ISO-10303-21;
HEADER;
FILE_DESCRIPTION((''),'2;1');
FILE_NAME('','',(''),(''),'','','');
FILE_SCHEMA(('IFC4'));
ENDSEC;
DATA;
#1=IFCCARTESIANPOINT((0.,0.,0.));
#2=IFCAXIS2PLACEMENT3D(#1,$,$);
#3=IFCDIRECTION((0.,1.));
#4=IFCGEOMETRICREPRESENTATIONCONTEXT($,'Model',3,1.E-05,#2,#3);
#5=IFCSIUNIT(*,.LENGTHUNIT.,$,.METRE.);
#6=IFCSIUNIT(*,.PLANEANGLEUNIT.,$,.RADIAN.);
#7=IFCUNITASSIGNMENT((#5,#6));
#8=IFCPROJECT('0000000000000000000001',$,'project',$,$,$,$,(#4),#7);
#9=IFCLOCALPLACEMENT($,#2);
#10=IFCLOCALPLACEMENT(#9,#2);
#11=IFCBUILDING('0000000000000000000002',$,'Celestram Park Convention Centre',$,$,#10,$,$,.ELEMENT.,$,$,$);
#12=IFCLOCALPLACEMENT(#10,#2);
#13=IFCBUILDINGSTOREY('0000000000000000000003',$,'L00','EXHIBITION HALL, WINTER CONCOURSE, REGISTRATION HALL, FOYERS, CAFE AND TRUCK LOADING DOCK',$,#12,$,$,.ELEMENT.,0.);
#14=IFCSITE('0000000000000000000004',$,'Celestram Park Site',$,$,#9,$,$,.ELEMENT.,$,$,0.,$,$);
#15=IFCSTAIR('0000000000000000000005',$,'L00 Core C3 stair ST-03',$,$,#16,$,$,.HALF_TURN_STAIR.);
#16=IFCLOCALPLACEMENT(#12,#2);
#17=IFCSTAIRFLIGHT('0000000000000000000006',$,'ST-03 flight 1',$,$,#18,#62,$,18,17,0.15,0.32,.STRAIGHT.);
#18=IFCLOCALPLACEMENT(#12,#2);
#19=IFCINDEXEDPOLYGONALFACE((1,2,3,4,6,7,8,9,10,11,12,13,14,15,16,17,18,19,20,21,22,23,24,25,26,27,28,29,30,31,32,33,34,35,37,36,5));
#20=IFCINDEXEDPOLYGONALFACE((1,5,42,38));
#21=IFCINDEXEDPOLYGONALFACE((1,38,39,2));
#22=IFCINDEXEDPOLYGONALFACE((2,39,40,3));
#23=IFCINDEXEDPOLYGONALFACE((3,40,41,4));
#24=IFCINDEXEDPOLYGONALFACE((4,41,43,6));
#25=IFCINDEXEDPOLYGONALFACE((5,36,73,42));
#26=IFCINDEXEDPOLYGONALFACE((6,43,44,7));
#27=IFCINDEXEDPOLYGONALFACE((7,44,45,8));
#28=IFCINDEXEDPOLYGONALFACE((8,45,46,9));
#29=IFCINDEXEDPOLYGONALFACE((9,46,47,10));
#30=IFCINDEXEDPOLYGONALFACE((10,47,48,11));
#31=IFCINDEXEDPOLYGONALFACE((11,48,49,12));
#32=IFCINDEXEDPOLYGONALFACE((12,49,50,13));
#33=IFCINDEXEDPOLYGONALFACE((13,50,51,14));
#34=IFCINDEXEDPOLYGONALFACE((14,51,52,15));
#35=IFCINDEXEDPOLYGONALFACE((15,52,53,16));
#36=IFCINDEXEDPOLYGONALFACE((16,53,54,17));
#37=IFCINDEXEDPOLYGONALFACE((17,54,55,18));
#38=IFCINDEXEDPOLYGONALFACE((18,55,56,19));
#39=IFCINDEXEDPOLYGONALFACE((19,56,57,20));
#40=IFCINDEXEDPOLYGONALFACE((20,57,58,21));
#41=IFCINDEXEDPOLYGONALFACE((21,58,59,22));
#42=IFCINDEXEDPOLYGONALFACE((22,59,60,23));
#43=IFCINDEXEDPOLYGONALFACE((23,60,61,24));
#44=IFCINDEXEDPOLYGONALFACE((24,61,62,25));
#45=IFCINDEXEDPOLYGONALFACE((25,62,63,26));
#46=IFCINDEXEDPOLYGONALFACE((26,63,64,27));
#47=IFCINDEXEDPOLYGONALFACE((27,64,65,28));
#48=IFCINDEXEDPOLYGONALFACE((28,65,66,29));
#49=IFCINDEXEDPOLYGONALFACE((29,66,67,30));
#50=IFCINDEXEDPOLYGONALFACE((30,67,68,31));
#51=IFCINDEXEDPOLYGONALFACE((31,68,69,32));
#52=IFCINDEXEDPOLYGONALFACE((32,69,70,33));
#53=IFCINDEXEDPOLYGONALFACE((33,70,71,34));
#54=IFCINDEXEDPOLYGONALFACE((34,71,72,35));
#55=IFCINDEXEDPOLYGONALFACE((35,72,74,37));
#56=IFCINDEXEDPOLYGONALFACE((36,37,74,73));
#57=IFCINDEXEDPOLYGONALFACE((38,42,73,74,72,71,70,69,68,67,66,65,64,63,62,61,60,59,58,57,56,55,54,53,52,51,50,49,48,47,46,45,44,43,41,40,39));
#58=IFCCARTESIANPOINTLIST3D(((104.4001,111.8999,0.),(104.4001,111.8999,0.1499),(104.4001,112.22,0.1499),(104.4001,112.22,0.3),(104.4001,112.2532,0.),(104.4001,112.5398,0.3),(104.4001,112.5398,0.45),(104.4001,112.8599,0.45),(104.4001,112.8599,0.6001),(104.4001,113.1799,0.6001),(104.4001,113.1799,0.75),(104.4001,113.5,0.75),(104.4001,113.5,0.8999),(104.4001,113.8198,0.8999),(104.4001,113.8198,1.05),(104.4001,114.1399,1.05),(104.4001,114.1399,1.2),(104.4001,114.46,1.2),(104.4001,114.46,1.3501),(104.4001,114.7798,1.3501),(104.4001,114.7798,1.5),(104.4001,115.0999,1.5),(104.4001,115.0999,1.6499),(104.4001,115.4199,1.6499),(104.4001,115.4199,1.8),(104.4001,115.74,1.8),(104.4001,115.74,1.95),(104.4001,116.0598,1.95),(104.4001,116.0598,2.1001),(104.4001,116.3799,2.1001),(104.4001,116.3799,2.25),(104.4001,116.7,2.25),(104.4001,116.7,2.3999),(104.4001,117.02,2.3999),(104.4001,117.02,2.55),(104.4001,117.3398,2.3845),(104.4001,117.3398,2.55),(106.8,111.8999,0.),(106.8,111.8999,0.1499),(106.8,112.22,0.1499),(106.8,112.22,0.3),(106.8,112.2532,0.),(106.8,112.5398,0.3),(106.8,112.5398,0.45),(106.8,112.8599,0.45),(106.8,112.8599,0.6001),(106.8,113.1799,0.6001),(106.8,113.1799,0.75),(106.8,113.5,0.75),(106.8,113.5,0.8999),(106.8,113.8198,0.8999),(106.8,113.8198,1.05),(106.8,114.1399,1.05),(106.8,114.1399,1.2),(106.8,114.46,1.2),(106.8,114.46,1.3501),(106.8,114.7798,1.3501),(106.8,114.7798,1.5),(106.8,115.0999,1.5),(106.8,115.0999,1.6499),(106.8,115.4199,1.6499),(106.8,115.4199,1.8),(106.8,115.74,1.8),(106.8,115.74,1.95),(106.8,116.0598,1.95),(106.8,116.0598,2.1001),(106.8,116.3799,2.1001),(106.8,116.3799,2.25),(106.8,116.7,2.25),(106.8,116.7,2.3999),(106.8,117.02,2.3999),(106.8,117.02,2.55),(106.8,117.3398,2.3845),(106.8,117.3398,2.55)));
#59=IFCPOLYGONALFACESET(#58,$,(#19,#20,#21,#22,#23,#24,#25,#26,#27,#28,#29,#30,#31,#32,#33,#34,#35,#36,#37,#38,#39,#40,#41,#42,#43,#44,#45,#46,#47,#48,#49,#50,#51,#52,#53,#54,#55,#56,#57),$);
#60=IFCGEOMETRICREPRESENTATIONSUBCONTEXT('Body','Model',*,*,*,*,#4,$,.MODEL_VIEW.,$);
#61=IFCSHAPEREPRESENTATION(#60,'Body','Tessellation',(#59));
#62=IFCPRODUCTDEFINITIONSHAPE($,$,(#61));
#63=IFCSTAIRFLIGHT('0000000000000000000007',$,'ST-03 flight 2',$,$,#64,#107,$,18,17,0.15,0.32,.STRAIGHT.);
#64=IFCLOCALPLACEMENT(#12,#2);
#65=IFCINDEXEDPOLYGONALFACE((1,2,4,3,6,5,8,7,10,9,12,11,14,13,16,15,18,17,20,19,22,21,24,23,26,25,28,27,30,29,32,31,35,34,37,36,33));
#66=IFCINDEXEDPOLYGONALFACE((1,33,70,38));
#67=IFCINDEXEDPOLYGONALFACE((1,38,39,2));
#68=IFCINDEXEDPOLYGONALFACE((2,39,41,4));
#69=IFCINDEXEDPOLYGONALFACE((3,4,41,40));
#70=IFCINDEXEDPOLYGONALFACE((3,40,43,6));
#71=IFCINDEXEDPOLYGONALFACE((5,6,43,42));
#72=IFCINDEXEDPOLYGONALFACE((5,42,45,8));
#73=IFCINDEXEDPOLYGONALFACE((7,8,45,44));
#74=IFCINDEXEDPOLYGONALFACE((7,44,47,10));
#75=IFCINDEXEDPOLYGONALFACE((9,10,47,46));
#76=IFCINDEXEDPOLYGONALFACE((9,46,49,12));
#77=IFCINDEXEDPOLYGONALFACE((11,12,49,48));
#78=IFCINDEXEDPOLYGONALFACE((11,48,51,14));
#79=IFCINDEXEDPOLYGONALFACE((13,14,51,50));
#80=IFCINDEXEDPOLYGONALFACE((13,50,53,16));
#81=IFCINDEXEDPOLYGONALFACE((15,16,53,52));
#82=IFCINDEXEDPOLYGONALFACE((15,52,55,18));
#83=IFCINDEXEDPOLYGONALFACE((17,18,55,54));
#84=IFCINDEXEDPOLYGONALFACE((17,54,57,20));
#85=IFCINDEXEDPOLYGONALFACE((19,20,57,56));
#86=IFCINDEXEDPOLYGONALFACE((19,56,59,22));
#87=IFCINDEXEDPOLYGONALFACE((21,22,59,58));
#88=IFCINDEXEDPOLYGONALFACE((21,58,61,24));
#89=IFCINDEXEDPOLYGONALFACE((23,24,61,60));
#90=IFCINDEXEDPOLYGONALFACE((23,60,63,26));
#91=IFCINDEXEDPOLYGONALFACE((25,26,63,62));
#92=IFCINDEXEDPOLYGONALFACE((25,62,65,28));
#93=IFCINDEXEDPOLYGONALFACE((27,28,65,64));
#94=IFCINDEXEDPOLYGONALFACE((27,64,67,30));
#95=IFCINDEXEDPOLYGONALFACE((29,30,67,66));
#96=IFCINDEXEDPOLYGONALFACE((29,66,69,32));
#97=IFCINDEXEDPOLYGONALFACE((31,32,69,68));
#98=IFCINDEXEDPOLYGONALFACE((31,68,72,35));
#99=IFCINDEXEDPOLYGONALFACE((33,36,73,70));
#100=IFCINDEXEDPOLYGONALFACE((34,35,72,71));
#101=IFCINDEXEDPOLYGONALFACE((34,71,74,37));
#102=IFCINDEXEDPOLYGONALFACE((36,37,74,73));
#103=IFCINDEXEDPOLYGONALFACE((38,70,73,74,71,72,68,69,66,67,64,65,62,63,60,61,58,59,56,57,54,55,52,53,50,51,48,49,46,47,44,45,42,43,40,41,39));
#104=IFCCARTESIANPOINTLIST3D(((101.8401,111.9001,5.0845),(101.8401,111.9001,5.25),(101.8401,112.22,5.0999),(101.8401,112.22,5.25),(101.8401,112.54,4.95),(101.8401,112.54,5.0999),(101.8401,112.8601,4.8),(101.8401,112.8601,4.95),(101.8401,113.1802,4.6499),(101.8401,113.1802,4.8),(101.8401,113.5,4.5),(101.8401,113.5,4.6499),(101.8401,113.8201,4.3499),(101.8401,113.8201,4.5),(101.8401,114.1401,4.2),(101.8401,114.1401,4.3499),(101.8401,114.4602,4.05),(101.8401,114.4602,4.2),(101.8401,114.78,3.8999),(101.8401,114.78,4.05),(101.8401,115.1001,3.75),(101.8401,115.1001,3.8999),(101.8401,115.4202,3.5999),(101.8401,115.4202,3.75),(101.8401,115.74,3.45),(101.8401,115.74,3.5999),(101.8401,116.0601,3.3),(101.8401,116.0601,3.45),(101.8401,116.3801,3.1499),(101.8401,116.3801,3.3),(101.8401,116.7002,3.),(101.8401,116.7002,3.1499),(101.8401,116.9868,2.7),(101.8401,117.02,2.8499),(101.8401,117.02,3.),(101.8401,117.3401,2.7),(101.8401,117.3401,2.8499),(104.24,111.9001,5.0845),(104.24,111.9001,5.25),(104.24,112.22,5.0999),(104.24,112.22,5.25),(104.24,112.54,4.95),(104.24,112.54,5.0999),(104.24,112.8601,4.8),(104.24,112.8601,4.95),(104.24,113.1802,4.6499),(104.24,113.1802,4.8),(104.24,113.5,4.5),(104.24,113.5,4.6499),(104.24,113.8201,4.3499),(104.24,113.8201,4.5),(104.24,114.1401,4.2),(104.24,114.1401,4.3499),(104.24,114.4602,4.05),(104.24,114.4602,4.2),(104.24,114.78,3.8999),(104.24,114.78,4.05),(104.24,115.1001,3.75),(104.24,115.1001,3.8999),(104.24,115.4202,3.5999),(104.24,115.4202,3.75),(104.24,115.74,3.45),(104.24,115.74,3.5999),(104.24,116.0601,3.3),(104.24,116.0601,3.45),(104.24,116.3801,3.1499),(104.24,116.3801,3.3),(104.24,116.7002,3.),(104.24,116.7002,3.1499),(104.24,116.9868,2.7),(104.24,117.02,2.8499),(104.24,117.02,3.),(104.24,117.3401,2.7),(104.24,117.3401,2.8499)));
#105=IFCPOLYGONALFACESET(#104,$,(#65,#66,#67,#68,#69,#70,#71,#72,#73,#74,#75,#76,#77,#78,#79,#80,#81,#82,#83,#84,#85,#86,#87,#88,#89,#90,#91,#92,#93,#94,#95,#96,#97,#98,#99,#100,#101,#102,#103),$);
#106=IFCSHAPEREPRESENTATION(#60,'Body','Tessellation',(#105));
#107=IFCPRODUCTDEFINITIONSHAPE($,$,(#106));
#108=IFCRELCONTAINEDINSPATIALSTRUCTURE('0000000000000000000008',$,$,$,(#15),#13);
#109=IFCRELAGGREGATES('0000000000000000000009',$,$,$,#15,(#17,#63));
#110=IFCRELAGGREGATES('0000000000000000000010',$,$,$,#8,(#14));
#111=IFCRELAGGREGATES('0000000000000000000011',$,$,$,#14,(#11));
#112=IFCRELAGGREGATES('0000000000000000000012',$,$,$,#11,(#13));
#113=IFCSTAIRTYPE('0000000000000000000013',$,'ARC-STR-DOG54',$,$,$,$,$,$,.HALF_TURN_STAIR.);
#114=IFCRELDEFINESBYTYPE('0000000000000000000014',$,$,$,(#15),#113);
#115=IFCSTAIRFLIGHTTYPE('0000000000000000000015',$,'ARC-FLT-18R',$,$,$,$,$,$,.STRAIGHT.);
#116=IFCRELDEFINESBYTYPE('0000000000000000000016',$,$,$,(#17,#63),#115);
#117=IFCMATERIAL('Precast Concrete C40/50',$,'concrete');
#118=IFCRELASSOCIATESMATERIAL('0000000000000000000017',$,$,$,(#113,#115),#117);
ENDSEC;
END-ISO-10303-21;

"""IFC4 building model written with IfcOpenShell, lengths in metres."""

from ifc_helpers import new_model, si_unit, direction, frame, origin, place, context, subcontext, project, spatial, polyline, outline, extrude, material, type_object, element, aggregate, save


model = new_model("IFC4")

# Units and contexts
model_context = context("Model", 3, precision=1e-05, world=origin(), true_north=direction((0.0, 1.0)))
body_context = subcontext(model_context, "Body", "Model", "MODEL_VIEW")
ifc_project = project(units=[si_unit("LENGTHUNIT", "METRE"), si_unit("PLANEANGLEUNIT", "RADIAN")], contexts=[model_context])

# Site, building, storey
site_placement = place(None, origin())
site = spatial("IfcSite", under=ifc_project, at=site_placement, Name="Celestram Park Site", CompositionType="ELEMENT", RefElevation=0.0)
building_placement = place(site_placement, origin())
building = spatial("IfcBuilding", under=site, at=building_placement, Name="Celestram Park Convention Centre", CompositionType="ELEMENT")
storey_placement = place(building_placement, origin())
storey = spatial("IfcBuildingStorey", under=building, at=storey_placement, Name="L00", Description="EXHIBITION HALL, WINTER CONCOURSE, REGISTRATION HALL, FOYERS, CAFE AND TRUCK LOADING DOCK", CompositionType="ELEMENT", Elevation=0.0)

# Stair, stair flights
ifc_material_1 = material(Name="Precast Concrete C40/50", Category="concrete")
stair_type = type_object("IfcStairType", Name="ARC-STR-DOG54", PredefinedType="HALF_TURN_STAIR", material=ifc_material_1)
stair_placement = place(storey_placement, origin())
stair = element("IfcStair", 1, at=stair_placement, inside=storey, type_object=stair_type, Name="L00 Core C3 stair ST-03", PredefinedType="HALF_TURN_STAIR")
stair_flight_type = type_object("IfcStairFlightType", Name="ARC-FLT-18R", PredefinedType="STRAIGHT", material=ifc_material_1)
stair_flight_1_placement = place(storey_placement, frame((105.6001, 111.8999, 0.0), z_axis=(0.0, 0.0, 1.0), x_axis=(0.0, 1.0, 0.0)))
stair_flight_1 = element("IfcStairFlight", 2, at=stair_flight_1_placement, type_object=stair_flight_type, Name="ST-03 flight 1", NumberOfRisers=18, NumberOfTreads=17, PredefinedType="STRAIGHT", RiserHeight=0.15, TreadLength=0.32, context=body_context, shape_type="SweptSolid", body=[
    extrude(outline(polyline([(0.0, 0.0), (0.0, 0.1499), (0.3201, 0.1499), (0.3201, 0.3), (0.6399, 0.3), (0.6399, 0.45), (0.96, 0.45), (0.96, 0.6001), (1.28, 0.6001), (1.28, 0.75), (1.6001, 0.75), (1.6001, 0.8999), (1.9199, 0.8999), (1.9199, 1.05), (2.24, 1.05), (2.24, 1.2), (2.5601, 1.2), (2.5601, 1.3501), (2.8799, 1.3501), (2.8799, 1.5), (3.2, 1.5), (3.2, 1.6499), (3.52, 1.6499), (3.52, 1.8), (3.8401, 1.8), (3.8401, 1.95), (4.1599, 1.95), (4.1599, 2.1001), (4.48, 2.1001), (4.48, 2.25), (4.8, 2.25), (4.8, 2.3999), (5.1201, 2.3999), (5.1201, 2.55), (5.4399, 2.55), (5.4399, 2.7), (5.4399, 2.3845), (0.3533, 0.0), (0.0, 0.0)])), frame((0.0, 1.2, 0.0), z_axis=(0.0, -1.0, 0.0), x_axis=(1.0, 0.0, 0.0)), (0.0, 0.0, 1.0), 2.3999),
])
stair_flight_2_placement = place(storey_placement, frame((103.04, 117.3401, 2.7), z_axis=(0.0, 0.0, 1.0), x_axis=(0.0, -1.0, 0.0)))
stair_flight_2 = element("IfcStairFlight", 3, at=stair_flight_2_placement, type_object=stair_flight_type, Name="ST-03 flight 2", NumberOfRisers=18, NumberOfTreads=17, PredefinedType="STRAIGHT", RiserHeight=0.15, TreadLength=0.32, context=body_context, shape_type="SweptSolid", body=[
    extrude(outline(polyline([(0.0, 0.0), (0.0, 0.1499), (0.3201, 0.1499), (0.3201, 0.3), (0.6399, 0.3), (0.6399, 0.45), (0.96, 0.45), (0.96, 0.6001), (1.28, 0.6001), (1.28, 0.75), (1.6001, 0.75), (1.6001, 0.8999), (1.9199, 0.8999), (1.9199, 1.05), (2.24, 1.05), (2.24, 1.2), (2.5601, 1.2), (2.5601, 1.3501), (2.8799, 1.3501), (2.8799, 1.5), (3.2, 1.5), (3.2, 1.6499), (3.52, 1.6499), (3.52, 1.8), (3.8401, 1.8), (3.8401, 1.95), (4.1599, 1.95), (4.1599, 2.1001), (4.48, 2.1001), (4.48, 2.25), (4.8, 2.25), (4.8, 2.3999), (5.1201, 2.3999), (5.1201, 2.55), (5.4399, 2.55), (5.4399, 2.7), (5.4399, 2.3845), (0.3533, 0.0), (0.0, 0.0)])), frame((0.0, 1.2, 0.0), z_axis=(0.0, -1.0, 0.0), x_axis=(1.0, 0.0, 0.0)), (0.0, 0.0, 1.0), 2.3999),
])
aggregate(stair, [stair_flight_1, stair_flight_2])

save(model, "model.ifc")
